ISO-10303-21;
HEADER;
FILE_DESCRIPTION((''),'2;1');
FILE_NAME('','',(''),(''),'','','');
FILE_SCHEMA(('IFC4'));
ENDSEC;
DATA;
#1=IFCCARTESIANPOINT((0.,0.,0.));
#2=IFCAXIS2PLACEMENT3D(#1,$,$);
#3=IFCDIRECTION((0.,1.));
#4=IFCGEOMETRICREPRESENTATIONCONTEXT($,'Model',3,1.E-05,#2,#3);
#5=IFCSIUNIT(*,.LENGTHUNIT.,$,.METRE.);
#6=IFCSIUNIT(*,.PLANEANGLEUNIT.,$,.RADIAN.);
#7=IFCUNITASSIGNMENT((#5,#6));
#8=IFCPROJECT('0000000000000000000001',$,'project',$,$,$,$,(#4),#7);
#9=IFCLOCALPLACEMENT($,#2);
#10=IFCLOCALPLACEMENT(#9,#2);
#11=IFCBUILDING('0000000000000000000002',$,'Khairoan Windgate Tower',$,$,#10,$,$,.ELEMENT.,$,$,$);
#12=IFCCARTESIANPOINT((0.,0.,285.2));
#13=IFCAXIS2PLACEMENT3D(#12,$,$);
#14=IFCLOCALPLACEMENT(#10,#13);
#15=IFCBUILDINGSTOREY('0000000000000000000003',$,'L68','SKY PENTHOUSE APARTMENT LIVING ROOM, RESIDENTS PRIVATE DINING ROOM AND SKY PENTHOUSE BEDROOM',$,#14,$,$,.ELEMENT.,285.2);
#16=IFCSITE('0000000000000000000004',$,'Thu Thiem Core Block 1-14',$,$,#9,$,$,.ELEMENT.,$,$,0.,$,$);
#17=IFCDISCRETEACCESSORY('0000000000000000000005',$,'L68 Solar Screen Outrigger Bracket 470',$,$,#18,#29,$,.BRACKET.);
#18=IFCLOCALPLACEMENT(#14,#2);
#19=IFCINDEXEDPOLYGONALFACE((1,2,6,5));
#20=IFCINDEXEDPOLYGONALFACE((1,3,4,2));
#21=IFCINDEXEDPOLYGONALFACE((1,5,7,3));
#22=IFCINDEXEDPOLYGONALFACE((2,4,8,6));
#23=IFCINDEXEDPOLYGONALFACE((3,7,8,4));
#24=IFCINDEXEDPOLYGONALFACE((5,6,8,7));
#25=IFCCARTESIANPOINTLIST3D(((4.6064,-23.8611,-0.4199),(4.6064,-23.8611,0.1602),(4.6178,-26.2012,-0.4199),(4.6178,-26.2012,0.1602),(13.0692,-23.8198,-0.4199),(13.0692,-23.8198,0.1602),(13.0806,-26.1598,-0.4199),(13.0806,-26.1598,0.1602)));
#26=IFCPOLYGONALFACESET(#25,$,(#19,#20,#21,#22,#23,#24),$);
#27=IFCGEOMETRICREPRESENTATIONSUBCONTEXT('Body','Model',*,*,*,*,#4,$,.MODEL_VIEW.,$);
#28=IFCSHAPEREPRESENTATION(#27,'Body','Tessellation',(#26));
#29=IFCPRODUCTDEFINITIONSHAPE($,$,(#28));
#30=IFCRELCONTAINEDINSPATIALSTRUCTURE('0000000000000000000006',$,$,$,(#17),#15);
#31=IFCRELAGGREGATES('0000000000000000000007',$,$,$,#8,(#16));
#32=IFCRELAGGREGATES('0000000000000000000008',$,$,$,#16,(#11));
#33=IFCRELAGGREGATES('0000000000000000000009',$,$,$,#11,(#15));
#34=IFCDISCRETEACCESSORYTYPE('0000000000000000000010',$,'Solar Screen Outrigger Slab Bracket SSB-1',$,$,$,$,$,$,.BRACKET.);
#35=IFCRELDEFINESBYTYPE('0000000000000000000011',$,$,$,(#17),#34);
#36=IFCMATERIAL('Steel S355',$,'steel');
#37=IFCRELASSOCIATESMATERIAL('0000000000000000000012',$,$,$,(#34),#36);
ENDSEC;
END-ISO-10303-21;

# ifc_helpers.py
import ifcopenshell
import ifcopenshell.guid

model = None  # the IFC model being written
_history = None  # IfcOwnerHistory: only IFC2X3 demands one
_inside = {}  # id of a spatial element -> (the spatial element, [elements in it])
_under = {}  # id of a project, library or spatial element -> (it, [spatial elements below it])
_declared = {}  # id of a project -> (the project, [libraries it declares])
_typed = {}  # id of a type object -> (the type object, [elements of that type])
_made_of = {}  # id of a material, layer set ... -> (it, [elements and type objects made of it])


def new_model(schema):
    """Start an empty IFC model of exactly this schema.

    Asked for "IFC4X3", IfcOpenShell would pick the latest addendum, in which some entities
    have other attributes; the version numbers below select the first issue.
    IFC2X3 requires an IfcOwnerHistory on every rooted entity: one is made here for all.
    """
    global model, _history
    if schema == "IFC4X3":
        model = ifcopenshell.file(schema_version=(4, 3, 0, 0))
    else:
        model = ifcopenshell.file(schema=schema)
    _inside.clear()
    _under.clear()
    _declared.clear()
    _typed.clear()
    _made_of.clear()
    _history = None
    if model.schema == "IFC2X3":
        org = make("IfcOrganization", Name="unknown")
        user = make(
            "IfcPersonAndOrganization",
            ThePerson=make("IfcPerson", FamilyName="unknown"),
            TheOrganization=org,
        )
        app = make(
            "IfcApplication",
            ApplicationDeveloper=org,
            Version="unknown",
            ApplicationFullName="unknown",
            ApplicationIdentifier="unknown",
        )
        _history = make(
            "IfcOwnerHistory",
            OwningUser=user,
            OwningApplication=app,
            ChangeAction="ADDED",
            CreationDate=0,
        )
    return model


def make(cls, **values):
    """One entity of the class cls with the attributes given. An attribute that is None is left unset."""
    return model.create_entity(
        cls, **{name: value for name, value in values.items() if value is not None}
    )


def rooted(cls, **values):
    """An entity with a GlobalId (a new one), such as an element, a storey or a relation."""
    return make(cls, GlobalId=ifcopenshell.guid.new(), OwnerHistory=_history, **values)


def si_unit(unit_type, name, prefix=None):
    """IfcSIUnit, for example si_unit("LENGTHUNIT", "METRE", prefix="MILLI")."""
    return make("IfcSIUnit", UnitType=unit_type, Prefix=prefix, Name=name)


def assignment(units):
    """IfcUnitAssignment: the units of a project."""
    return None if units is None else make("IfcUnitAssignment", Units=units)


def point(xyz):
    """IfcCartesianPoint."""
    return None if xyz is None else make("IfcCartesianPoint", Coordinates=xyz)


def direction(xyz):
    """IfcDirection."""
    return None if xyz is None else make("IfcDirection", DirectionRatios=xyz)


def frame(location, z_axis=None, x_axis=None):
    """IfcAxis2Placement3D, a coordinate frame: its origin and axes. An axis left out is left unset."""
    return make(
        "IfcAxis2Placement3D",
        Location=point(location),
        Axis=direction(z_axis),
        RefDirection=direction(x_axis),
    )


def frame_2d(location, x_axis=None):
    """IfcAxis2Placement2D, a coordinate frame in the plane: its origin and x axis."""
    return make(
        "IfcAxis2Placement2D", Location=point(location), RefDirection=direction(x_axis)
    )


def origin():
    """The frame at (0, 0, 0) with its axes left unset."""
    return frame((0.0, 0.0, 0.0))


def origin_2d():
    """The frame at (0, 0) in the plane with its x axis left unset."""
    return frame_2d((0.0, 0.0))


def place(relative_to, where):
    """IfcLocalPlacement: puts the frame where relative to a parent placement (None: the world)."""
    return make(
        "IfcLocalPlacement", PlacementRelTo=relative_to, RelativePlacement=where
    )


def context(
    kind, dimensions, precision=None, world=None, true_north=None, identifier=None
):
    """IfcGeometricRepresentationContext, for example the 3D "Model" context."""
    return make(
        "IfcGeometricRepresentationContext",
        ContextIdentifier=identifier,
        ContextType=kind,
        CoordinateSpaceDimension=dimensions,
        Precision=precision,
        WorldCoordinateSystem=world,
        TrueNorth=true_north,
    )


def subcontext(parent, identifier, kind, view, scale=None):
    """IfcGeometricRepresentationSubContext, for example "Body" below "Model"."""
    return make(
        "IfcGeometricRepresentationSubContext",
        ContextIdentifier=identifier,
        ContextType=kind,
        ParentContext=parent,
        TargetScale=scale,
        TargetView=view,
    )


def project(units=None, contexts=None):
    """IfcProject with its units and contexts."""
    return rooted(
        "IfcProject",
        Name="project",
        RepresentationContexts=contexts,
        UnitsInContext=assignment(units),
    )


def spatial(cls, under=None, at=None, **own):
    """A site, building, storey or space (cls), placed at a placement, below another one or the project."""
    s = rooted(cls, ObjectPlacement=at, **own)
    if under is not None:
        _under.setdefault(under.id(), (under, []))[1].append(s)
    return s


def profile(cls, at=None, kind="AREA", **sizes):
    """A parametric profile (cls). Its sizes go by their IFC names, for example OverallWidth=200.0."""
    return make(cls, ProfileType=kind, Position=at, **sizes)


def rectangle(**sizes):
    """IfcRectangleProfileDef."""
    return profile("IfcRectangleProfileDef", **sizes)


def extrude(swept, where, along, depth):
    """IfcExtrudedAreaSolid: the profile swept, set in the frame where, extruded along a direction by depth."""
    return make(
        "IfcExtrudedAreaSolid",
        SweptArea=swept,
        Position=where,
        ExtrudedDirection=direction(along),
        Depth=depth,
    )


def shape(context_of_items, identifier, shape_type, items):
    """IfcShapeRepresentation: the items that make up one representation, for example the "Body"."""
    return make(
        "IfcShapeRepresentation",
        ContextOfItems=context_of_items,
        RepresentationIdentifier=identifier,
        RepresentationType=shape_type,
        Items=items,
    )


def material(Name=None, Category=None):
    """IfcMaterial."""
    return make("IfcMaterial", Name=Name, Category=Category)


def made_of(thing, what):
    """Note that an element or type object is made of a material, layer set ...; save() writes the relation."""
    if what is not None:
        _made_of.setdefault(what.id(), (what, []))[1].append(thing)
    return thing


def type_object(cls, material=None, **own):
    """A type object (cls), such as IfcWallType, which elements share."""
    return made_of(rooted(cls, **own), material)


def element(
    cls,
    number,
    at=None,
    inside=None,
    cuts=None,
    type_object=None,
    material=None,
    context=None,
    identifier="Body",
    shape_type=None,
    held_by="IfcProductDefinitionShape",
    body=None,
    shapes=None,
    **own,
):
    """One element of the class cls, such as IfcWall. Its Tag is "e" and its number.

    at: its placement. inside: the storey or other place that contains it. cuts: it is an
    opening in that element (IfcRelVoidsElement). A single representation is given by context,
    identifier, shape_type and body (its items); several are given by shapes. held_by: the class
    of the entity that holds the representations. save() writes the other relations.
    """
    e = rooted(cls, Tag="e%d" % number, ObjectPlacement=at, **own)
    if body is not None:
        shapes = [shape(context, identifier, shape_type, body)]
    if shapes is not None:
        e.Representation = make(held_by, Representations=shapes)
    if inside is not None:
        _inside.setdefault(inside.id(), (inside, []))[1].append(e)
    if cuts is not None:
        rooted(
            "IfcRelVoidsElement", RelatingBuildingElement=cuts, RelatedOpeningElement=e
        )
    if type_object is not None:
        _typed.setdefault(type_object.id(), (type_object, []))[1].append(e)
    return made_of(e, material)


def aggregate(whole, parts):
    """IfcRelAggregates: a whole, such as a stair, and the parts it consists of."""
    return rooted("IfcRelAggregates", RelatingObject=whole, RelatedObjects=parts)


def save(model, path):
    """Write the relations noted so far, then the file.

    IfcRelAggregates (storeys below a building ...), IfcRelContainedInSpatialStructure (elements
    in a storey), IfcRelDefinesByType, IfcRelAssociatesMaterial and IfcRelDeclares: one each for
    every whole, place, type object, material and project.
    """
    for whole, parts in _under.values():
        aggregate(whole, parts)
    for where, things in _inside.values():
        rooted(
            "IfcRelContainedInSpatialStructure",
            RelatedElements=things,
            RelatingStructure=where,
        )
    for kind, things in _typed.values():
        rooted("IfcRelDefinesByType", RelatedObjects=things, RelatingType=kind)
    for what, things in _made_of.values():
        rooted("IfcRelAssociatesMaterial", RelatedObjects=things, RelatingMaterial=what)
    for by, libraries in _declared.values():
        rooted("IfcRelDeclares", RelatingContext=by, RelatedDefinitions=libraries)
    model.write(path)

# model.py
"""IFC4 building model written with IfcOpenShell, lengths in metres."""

from ifc_helpers import new_model, si_unit, direction, frame, origin, origin_2d, place, context, subcontext, project, spatial, rectangle, extrude, material, type_object, element, save


model = new_model("IFC4")

# Units and contexts
model_context = context("Model", 3, precision=1e-05, world=origin(), true_north=direction((0.0, 1.0)))
body_context = subcontext(model_context, "Body", "Model", "MODEL_VIEW")
ifc_project = project(units=[si_unit("LENGTHUNIT", "METRE"), si_unit("PLANEANGLEUNIT", "RADIAN")], contexts=[model_context])

# Site, building, storey
site_placement = place(None, origin())
site = spatial("IfcSite", under=ifc_project, at=site_placement, Name="Thu Thiem Core Block 1-14", CompositionType="ELEMENT", RefElevation=0.0)
building_placement = place(site_placement, origin())
building = spatial("IfcBuilding", under=site, at=building_placement, Name="Khairoan Windgate Tower", CompositionType="ELEMENT")
storey_placement = place(building_placement, frame((0.0, 0.0, 285.2)))
storey = spatial("IfcBuildingStorey", under=building, at=storey_placement, Name="L68", Description="SKY PENTHOUSE APARTMENT LIVING ROOM, RESIDENTS PRIVATE DINING ROOM AND SKY PENTHOUSE BEDROOM", CompositionType="ELEMENT", Elevation=285.2)

# Discrete accessory
ifc_material_1 = material(Name="Steel S355", Category="steel")
discrete_accessory_type = type_object("IfcDiscreteAccessoryType", Name="Solar Screen Outrigger Slab Bracket SSB-1", PredefinedType="BRACKET", material=ifc_material_1)
discrete_accessory_placement = place(storey_placement, frame((8.8435, -25.0105, -0.4199), z_axis=(0.0, 0.0, 1.0), x_axis=(-0.999988, -0.004887, 0.0)))
element("IfcDiscreteAccessory", 1, at=discrete_accessory_placement, inside=storey, type_object=discrete_accessory_type, Name="L68 Solar Screen Outrigger Bracket 470", PredefinedType="BRACKET", context=body_context, shape_type="SweptSolid", body=[
    extrude(rectangle(XDim=8.4629, YDim=2.3401, at=origin_2d()), origin(), (0.0, 0.0, 1.0), 0.5801),
])

save(model, "model.ifc")
